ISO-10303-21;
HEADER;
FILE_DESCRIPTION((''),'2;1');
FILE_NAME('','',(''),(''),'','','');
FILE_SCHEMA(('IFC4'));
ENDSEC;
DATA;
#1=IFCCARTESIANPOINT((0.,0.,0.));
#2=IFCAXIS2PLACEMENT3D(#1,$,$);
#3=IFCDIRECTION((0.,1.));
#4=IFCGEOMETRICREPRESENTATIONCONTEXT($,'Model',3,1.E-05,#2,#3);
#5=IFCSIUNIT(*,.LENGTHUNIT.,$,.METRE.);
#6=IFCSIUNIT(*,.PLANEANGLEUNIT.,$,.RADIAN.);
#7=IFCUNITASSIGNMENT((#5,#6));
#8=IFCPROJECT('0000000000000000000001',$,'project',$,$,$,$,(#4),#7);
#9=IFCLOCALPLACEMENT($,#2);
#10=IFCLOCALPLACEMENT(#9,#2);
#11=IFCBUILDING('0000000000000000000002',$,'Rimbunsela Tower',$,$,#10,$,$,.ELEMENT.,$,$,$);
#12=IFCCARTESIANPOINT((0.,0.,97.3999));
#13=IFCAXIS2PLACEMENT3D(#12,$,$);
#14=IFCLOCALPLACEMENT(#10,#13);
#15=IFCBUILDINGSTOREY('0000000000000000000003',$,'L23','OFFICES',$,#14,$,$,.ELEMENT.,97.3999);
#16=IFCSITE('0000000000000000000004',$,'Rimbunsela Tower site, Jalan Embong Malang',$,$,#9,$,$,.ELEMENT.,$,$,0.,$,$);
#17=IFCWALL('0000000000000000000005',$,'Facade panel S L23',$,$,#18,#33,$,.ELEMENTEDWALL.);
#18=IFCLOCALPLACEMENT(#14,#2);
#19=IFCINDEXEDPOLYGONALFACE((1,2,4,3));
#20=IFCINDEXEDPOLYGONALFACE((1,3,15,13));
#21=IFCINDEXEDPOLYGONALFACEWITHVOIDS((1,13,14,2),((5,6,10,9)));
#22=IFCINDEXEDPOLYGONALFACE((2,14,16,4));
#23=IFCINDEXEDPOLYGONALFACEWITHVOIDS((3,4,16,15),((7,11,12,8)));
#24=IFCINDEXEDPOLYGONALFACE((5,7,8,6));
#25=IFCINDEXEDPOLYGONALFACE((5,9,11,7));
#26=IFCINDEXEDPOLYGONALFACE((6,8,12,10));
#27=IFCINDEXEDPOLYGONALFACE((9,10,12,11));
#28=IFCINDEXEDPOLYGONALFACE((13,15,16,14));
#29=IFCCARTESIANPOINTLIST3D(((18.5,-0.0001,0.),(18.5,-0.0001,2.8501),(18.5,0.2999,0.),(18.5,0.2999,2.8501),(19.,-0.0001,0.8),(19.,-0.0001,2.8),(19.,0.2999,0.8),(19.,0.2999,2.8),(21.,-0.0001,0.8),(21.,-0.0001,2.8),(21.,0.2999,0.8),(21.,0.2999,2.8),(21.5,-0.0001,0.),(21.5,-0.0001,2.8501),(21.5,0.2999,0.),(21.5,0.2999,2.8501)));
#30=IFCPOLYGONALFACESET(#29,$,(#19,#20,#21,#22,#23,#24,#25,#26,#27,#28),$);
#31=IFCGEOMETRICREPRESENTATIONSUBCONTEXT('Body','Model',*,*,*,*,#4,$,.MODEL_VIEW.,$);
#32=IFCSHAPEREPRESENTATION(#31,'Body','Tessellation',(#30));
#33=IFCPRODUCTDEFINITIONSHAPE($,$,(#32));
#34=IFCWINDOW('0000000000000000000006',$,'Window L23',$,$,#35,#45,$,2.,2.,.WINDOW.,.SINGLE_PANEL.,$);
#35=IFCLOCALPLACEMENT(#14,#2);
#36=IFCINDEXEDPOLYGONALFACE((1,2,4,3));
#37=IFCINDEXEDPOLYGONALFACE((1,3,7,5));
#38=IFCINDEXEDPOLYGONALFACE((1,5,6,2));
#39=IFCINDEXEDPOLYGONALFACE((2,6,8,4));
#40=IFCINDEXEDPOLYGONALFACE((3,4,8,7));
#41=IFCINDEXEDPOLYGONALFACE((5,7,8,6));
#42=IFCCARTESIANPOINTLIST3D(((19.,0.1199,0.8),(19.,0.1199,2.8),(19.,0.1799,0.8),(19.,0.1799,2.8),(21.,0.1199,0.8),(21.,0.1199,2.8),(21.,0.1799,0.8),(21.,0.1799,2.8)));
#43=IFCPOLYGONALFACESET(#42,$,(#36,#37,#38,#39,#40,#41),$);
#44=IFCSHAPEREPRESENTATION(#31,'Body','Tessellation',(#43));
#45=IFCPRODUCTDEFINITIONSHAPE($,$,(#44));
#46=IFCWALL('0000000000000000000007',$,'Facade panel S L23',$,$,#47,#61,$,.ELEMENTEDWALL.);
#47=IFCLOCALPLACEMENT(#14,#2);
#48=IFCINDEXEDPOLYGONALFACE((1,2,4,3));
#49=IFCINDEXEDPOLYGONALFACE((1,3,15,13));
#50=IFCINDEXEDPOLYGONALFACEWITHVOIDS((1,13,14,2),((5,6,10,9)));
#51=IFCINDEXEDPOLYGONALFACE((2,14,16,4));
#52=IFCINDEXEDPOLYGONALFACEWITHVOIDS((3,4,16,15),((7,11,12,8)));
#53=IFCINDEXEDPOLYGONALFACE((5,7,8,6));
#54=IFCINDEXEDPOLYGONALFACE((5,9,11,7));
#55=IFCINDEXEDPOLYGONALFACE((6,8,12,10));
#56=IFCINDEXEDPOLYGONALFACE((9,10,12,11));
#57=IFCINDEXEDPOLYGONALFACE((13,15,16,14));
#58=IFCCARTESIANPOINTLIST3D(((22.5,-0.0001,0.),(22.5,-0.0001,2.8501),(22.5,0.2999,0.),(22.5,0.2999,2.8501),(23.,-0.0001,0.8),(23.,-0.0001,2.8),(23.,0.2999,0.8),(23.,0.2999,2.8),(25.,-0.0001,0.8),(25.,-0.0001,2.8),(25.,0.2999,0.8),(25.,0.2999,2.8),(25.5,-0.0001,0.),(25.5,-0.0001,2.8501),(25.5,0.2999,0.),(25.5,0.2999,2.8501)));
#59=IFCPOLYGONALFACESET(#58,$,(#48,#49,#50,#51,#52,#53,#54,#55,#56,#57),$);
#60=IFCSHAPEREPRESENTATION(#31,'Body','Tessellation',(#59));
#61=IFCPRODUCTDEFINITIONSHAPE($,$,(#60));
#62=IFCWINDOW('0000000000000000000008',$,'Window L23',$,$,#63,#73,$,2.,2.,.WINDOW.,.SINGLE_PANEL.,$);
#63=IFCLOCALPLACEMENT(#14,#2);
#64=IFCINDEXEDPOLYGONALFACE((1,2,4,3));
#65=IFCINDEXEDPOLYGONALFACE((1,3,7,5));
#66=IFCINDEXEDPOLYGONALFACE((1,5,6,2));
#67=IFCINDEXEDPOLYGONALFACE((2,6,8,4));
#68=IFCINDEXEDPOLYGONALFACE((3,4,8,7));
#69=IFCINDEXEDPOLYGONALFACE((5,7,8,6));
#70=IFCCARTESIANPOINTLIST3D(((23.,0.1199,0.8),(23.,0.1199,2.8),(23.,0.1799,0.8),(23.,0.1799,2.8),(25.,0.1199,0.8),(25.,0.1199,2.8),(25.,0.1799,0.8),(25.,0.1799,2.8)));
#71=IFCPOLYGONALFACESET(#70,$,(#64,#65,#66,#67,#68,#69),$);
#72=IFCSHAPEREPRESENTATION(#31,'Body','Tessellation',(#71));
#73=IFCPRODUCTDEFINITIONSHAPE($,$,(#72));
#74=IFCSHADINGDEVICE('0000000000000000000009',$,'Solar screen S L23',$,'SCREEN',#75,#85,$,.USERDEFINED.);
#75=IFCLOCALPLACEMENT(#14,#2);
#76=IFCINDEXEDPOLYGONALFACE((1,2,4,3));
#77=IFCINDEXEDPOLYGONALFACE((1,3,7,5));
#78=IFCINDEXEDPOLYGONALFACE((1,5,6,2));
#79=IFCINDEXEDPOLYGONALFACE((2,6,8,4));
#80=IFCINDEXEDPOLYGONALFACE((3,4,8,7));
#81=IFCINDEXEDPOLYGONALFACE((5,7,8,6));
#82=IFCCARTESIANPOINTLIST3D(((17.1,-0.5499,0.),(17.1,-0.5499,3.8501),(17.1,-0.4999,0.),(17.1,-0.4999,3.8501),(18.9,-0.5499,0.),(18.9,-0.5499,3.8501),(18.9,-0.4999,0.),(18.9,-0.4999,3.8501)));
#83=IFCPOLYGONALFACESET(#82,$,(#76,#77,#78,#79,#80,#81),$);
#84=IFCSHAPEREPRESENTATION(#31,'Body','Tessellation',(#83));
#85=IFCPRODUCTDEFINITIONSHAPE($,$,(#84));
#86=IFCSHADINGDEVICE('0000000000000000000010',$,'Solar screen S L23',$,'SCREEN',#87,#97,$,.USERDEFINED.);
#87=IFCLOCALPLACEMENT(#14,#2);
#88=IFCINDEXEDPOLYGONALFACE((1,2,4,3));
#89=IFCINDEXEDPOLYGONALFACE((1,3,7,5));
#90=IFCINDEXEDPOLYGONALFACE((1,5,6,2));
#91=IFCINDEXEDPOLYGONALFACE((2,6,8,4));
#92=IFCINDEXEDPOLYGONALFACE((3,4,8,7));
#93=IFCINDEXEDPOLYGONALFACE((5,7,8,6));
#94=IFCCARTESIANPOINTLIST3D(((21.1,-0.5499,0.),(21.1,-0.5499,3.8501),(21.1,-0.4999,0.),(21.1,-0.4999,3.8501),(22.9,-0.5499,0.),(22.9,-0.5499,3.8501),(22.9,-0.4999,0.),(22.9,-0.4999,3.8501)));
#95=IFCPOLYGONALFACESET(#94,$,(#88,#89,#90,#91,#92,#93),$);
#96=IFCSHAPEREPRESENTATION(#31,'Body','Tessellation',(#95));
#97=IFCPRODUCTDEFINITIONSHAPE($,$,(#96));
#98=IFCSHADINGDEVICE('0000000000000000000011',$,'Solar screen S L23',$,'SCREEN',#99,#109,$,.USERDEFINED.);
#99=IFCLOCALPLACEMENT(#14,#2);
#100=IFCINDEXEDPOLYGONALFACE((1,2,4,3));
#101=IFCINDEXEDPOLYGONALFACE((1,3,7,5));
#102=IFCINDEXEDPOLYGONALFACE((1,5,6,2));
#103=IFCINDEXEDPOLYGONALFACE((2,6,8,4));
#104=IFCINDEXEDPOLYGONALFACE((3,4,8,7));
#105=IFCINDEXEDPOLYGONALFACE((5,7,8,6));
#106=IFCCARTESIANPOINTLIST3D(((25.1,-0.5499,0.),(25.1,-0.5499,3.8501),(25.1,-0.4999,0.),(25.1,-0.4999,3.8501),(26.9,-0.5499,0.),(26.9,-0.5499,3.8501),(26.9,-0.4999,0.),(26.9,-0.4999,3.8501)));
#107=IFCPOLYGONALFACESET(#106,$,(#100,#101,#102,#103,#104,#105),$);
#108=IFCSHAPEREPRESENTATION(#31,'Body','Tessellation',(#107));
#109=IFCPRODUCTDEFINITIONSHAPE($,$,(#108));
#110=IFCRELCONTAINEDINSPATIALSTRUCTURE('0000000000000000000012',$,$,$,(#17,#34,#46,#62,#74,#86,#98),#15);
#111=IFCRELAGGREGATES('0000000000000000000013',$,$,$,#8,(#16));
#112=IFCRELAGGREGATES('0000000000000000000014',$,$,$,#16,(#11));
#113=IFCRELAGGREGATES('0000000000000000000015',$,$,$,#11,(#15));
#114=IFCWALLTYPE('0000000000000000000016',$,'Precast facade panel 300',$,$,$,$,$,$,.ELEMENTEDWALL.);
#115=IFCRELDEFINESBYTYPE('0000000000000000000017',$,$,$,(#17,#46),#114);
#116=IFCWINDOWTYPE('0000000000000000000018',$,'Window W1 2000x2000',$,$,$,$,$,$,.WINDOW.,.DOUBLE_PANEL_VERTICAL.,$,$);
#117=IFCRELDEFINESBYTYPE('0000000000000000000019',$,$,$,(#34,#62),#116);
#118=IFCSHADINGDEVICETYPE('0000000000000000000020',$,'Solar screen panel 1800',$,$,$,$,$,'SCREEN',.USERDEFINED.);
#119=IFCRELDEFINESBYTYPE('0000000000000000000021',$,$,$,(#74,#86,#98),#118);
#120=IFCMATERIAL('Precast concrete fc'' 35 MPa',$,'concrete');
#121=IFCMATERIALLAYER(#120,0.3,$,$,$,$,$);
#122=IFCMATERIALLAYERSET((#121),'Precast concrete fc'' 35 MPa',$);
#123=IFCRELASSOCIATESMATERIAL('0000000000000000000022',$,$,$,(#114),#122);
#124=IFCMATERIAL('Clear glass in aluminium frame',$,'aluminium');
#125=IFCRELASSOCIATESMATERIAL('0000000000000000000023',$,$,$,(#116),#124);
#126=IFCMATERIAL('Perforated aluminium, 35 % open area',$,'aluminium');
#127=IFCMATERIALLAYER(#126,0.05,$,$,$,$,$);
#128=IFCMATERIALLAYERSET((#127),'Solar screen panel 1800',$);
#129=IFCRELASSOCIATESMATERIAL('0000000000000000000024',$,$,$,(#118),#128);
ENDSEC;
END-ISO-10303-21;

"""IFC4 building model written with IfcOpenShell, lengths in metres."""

from ifc_helpers import new_model, si_unit, direction, frame, frame_2d, origin, origin_2d, place, context, subcontext, project, spatial, rectangle, extrude, material, layer, layer_set, type_object, element, fill, save


model = new_model("IFC4")

# Units and contexts
model_context = context("Model", 3, precision=1e-05, world=origin(), true_north=direction((0.0, 1.0)))
body_context = subcontext(model_context, "Body", "Model", "MODEL_VIEW")
ifc_project = project(units=[si_unit("LENGTHUNIT", "METRE"), si_unit("PLANEANGLEUNIT", "RADIAN")], contexts=[model_context])

# Site, building, storey
site_placement = place(None, origin())
site = spatial("IfcSite", under=ifc_project, at=site_placement, Name="Rimbunsela Tower site, Jalan Embong Malang", CompositionType="ELEMENT", RefElevation=0.0)
building_placement = place(site_placement, origin())
building = spatial("IfcBuilding", under=site, at=building_placement, Name="Rimbunsela Tower", CompositionType="ELEMENT")
storey_placement = place(building_placement, frame((0.0, 0.0, 97.3999)))
storey = spatial("IfcBuildingStorey", under=building, at=storey_placement, Name="L23", Description="OFFICES", CompositionType="ELEMENT", Elevation=97.3999)

# Walls, openings, windows
ifc_material_1 = material(Name="Precast concrete fc' 35 MPa", Category="concrete")
ifc_layer_1 = layer(ifc_material_1, 0.3)
ifc_layer_set_1 = layer_set([ifc_layer_1], Name="Precast concrete fc' 35 MPa")
wall_type_1 = type_object("IfcWallType", Name="Precast facade panel 300", PredefinedType="ELEMENTEDWALL", material=ifc_layer_set_1)
ifc_material_2 = material(Name="Clear glass in aluminium frame", Category="aluminium")
window_type = type_object("IfcWindowType", Name="Window W1 2000x2000", PartitioningType="DOUBLE_PANEL_VERTICAL", PredefinedType="WINDOW", material=ifc_material_2)
wall_1_placement = place(storey_placement, frame((18.5, 0.1499, 0.0), z_axis=(0.0, 0.0, 1.0), x_axis=(1.0, 0.0, 0.0)))
wall_1 = element("IfcWall", 1, at=wall_1_placement, inside=storey, type_object=wall_type_1, Name="Facade panel S L23", PredefinedType="ELEMENTEDWALL", context=body_context, shape_type="SweptSolid", body=[
    extrude(rectangle(XDim=3.0, YDim=0.3, at=frame_2d((1.5, 0.0))), origin(), (0.0, 0.0, 1.0), 2.8501),
])
opening_1_placement = place(wall_1_placement, frame((0.5, 0.0, 0.8)))
opening_1 = element("IfcOpeningElement", 2, at=opening_1_placement, cuts=wall_1, PredefinedType="OPENING", context=body_context, shape_type="SweptSolid", body=[
    extrude(rectangle(XDim=2.0, YDim=2.0, at=frame_2d((1.0, 1.0))), frame((0.0, 0.1599, 0.0), z_axis=(0.0, -1.0, 0.0), x_axis=(1.0, 0.0, 0.0)), (0.0, 0.0, 1.0), 0.3201),
])
window_1_placement = place(opening_1_placement, origin())
window_1 = element("IfcWindow", 3, at=window_1_placement, inside=storey, type_object=window_type, Name="Window L23", OverallHeight=2.0, OverallWidth=2.0, PartitioningType="SINGLE_PANEL", PredefinedType="WINDOW", context=body_context, shape_type="SweptSolid", body=[
    extrude(rectangle(XDim=2.0, YDim=2.0, at=frame_2d((1.0, 1.0))), frame((0.0, 0.03, 0.0), z_axis=(0.0, -1.0, 0.0), x_axis=(1.0, 0.0, 0.0)), (0.0, 0.0, 1.0), 0.0601),
])
fill(opening_1, window_1)
wall_2_placement = place(storey_placement, frame((22.5, 0.1499, 0.0), z_axis=(0.0, 0.0, 1.0), x_axis=(1.0, 0.0, 0.0)))
wall_2 = element("IfcWall", 4, at=wall_2_placement, inside=storey, type_object=wall_type_1, Name="Facade panel S L23", PredefinedType="ELEMENTEDWALL", context=body_context, shape_type="SweptSolid", body=[
    extrude(rectangle(XDim=3.0, YDim=0.3, at=frame_2d((1.5, 0.0))), origin(), (0.0, 0.0, 1.0), 2.8501),
])
opening_2_placement = place(wall_2_placement, frame((0.5, 0.0, 0.8)))
opening_2 = element("IfcOpeningElement", 5, at=opening_2_placement, cuts=wall_2, PredefinedType="OPENING", context=body_context, shape_type="SweptSolid", body=[
    extrude(rectangle(XDim=2.0, YDim=2.0, at=frame_2d((1.0, 1.0))), frame((0.0, 0.1599, 0.0), z_axis=(0.0, -1.0, 0.0), x_axis=(1.0, 0.0, 0.0)), (0.0, 0.0, 1.0), 0.3201),
])
window_2_placement = place(opening_2_placement, origin())
window_2 = element("IfcWindow", 6, at=window_2_placement, inside=storey, type_object=window_type, Name="Window L23", OverallHeight=2.0, OverallWidth=2.0, PartitioningType="SINGLE_PANEL", PredefinedType="WINDOW", context=body_context, shape_type="SweptSolid", body=[
    extrude(rectangle(XDim=2.0, YDim=2.0, at=frame_2d((1.0, 1.0))), frame((0.0, 0.03, 0.0), z_axis=(0.0, -1.0, 0.0), x_axis=(1.0, 0.0, 0.0)), (0.0, 0.0, 1.0), 0.0601),
])
fill(opening_2, window_2)

# Shading devices
ifc_material_3 = material(Name="Perforated aluminium, 35 % open area", Category="aluminium")
ifc_layer_2 = layer(ifc_material_3, 0.05)
ifc_layer_set_2 = layer_set([ifc_layer_2], Name="Solar screen panel 1800")
shading_device_type = type_object("IfcShadingDeviceType", Name="Solar screen panel 1800", ElementType="SCREEN", PredefinedType="USERDEFINED", material=ifc_layer_set_2)
for number, where, z_axis, x_axis, name in (
    (7, (18.0, -0.5249, 0.0), (0.0, 0.0, 1.0), (1.0, 0.0, 0.0), "Solar screen S L23"),
    (8, (22.0, -0.5249, 0.0), (0.0, 0.0, 1.0), (1.0, 0.0, 0.0), "Solar screen S L23"),
    (9, (26.0, -0.5249, 0.0), (0.0, 0.0, 1.0), (1.0, 0.0, 0.0), "Solar screen S L23"),
):
    element("IfcShadingDevice", number, at=place(storey_placement, frame(where, z_axis=z_axis, x_axis=x_axis)), inside=storey, type_object=shading_device_type, Name=name, ObjectType="SCREEN", PredefinedType="USERDEFINED", context=body_context, shape_type="SweptSolid", body=[
        extrude(rectangle(XDim=1.8, YDim=0.05, at=origin_2d()), origin(), (0.0, 0.0, 1.0), 3.8501),
    ])

save(model, "model.ifc")
